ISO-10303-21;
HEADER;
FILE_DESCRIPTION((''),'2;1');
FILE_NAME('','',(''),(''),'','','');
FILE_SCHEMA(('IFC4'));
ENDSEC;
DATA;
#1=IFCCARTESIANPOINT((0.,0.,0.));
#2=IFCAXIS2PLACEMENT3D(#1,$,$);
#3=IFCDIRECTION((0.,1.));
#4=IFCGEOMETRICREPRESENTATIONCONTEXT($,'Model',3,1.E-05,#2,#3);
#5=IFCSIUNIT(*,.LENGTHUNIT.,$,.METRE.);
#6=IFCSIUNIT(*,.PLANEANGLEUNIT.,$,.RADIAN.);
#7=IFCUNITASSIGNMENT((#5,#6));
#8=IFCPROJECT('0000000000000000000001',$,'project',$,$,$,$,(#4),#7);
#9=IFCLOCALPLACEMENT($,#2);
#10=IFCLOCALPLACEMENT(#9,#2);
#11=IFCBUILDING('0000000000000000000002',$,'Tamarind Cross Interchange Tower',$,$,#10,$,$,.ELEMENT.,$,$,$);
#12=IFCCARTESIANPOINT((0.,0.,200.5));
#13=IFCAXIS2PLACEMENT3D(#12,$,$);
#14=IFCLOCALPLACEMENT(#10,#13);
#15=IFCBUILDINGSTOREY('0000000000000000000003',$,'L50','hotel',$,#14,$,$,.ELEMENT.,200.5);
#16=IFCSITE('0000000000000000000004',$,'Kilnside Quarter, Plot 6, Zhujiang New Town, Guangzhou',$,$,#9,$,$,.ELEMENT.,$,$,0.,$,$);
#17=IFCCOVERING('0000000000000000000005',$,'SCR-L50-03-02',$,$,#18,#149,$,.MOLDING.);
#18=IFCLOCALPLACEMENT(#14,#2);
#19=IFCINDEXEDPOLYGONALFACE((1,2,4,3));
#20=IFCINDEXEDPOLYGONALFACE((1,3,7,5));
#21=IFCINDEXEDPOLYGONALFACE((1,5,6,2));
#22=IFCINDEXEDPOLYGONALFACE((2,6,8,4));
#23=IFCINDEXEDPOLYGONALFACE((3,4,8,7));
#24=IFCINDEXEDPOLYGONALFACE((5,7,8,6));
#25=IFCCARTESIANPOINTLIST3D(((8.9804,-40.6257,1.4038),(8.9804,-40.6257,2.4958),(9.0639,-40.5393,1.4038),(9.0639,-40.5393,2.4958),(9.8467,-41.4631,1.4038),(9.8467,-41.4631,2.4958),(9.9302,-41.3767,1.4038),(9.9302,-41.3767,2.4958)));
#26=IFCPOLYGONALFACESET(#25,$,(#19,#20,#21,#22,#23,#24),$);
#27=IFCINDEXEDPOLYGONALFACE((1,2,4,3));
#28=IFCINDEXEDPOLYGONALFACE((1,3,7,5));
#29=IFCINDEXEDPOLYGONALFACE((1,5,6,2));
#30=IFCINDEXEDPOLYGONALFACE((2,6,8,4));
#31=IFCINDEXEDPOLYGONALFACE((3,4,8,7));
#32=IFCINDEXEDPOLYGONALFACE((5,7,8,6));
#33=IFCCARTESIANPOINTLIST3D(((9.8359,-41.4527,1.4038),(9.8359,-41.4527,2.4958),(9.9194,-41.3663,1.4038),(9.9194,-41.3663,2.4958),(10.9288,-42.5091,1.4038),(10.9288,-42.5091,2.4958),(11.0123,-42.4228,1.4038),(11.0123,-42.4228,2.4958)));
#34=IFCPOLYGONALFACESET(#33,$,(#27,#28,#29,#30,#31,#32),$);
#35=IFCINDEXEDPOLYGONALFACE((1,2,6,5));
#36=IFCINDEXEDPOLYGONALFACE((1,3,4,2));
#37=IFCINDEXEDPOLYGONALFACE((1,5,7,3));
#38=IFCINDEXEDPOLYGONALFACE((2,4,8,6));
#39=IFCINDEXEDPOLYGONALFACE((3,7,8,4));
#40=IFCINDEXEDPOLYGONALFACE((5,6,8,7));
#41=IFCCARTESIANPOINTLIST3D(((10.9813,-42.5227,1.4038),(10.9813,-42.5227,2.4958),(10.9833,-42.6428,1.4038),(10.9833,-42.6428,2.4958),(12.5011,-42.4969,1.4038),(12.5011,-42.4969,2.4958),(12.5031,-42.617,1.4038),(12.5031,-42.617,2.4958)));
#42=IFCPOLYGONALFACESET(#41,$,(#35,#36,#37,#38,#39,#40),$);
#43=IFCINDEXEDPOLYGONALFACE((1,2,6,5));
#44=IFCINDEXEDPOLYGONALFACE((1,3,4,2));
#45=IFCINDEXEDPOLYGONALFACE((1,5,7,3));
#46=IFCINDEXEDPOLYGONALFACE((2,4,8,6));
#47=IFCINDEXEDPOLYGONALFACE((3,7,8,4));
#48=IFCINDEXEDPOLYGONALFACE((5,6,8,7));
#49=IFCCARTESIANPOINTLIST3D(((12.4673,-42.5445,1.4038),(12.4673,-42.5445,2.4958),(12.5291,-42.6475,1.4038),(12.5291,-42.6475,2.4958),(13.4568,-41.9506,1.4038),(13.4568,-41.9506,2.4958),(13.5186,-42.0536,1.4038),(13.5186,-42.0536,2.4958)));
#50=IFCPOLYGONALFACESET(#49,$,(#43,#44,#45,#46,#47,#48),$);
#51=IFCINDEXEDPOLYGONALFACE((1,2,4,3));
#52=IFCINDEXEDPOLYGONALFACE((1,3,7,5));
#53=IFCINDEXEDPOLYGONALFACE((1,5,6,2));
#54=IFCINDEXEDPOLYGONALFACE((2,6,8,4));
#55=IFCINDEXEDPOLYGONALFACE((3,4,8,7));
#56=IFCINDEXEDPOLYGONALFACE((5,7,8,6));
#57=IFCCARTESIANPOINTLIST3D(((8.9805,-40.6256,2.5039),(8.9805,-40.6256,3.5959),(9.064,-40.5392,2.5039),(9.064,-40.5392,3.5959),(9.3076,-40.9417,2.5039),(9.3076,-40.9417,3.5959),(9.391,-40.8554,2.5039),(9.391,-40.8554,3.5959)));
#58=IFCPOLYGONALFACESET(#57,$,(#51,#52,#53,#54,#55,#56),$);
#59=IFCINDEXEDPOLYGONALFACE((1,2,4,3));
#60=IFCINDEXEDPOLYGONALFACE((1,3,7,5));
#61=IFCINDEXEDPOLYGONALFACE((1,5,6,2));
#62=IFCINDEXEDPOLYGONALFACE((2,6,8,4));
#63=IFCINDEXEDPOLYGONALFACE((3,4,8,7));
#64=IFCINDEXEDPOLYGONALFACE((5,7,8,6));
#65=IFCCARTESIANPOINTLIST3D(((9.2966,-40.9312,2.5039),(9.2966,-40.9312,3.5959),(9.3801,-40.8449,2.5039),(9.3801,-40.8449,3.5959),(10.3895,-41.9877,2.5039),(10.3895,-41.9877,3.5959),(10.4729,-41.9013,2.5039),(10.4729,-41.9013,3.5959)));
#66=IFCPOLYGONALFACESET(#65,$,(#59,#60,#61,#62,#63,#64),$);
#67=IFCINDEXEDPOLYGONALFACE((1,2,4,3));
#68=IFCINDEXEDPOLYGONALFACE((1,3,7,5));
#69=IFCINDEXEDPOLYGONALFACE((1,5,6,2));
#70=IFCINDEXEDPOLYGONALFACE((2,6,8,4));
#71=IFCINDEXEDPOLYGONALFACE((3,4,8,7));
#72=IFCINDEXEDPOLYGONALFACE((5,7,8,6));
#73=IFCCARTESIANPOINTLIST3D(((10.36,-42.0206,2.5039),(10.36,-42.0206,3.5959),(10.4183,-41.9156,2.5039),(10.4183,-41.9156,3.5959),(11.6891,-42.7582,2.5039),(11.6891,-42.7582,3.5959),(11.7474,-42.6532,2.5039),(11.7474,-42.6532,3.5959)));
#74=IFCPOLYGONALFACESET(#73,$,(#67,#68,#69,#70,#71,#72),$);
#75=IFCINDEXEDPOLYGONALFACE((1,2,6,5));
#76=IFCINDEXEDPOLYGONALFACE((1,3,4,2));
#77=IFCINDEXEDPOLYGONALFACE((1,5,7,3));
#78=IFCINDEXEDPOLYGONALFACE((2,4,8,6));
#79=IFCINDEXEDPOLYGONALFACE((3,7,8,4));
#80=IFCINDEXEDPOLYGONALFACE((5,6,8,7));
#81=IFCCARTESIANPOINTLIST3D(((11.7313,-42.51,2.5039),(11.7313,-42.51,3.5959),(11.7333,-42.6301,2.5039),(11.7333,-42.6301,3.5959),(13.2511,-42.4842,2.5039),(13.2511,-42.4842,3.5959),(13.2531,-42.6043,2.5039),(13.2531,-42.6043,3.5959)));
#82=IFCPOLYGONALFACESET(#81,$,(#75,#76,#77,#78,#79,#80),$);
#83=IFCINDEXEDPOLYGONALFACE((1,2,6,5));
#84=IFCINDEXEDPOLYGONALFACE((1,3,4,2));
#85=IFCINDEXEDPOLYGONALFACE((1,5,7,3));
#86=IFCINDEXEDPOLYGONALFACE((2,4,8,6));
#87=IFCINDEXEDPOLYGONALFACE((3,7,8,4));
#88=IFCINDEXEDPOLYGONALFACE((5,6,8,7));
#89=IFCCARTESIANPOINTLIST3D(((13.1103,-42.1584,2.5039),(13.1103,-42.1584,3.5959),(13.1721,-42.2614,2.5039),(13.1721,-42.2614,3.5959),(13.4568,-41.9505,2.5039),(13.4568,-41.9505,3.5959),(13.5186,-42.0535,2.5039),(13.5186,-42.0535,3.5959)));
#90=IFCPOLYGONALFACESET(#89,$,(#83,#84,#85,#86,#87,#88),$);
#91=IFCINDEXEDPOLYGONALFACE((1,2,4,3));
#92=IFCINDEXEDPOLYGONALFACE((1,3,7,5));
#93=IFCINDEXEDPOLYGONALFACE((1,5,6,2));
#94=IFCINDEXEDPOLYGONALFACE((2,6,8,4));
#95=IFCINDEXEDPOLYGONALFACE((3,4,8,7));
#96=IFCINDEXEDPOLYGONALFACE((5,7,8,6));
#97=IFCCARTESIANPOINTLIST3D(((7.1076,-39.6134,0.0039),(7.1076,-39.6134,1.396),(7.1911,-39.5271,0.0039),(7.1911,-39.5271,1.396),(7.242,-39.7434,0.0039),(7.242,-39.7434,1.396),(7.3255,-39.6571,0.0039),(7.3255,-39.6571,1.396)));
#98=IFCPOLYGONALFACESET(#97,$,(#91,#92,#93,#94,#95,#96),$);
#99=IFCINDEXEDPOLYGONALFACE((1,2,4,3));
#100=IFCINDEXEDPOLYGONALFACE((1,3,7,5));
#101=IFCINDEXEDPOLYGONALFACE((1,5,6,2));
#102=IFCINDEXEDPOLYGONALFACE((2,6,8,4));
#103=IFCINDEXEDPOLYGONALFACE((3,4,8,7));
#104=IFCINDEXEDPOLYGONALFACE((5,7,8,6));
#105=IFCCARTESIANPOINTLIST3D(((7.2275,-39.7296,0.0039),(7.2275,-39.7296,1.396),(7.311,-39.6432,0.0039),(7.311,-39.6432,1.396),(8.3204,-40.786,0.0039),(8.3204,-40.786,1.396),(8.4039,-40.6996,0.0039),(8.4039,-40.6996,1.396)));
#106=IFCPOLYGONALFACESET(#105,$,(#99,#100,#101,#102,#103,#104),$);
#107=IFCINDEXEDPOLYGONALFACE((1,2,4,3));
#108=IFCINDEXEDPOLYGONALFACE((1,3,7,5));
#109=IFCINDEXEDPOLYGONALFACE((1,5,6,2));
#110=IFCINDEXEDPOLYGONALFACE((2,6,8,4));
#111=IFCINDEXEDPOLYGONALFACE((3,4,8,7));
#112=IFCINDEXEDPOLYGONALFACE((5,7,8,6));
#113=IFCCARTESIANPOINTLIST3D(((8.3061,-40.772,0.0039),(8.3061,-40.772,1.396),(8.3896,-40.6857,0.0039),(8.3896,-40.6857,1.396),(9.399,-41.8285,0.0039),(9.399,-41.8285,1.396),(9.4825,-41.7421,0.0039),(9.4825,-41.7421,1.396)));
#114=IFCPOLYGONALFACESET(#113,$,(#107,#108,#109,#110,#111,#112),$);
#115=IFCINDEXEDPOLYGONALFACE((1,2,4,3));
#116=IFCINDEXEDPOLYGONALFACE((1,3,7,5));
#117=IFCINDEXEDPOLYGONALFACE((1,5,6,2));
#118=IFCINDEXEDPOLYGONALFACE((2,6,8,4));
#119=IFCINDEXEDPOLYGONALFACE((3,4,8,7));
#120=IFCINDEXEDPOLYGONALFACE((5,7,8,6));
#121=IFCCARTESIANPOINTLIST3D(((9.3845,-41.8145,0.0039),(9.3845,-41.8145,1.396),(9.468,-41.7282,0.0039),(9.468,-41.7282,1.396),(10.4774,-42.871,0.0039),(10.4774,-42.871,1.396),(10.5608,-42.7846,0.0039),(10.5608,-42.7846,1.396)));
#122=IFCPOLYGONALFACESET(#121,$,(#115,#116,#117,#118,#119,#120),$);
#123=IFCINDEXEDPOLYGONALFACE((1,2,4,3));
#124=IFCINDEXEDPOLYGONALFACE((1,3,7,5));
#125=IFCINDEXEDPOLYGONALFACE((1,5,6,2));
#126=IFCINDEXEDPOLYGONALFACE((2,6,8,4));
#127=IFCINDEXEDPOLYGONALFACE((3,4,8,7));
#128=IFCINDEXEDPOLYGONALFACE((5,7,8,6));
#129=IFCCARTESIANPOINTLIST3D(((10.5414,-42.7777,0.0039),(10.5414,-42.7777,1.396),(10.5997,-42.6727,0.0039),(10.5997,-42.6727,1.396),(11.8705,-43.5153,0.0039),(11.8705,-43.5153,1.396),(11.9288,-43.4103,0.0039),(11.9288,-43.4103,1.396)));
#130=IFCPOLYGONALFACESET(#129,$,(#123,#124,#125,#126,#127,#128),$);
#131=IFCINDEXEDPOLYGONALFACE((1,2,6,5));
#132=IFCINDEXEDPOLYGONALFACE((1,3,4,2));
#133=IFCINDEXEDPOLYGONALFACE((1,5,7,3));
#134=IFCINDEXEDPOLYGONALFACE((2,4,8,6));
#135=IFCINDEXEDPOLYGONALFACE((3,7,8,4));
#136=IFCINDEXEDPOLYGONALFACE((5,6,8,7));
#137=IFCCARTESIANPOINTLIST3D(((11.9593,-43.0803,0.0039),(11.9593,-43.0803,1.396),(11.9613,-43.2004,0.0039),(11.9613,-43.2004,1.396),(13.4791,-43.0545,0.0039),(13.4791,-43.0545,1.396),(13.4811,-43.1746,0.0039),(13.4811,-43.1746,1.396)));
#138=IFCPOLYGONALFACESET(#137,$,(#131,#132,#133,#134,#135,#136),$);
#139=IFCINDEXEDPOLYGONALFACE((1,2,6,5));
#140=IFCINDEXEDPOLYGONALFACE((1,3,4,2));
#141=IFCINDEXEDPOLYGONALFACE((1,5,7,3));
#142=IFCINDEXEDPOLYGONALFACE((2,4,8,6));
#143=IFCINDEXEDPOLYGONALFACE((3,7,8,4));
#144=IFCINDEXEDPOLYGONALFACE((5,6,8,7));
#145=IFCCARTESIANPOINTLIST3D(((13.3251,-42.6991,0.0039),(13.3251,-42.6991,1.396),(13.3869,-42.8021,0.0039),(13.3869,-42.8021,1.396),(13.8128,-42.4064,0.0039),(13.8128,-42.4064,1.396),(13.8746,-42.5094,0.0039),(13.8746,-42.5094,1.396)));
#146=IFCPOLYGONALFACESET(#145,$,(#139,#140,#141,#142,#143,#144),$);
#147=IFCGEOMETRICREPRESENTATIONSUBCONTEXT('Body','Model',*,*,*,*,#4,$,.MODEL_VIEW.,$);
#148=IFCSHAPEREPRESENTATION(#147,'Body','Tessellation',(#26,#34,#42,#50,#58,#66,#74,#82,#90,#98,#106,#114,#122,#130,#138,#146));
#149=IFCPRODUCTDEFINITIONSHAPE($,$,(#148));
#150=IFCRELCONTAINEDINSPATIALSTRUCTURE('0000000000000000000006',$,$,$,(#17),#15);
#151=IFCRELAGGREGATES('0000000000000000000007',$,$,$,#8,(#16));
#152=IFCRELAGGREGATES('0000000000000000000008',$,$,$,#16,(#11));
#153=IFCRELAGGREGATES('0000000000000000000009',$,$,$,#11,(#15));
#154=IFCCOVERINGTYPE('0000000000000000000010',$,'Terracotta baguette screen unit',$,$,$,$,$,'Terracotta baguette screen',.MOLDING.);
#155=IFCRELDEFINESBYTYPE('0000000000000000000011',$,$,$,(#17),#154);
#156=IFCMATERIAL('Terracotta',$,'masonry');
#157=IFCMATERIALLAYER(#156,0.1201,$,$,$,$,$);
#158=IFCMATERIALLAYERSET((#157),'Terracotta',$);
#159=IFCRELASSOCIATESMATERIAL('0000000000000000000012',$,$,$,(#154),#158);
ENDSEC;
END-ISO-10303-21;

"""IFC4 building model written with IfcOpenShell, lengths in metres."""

from ifc_helpers import new_model, si_unit, direction, frame, origin, origin_2d, place, context, subcontext, project, spatial, rectangle, extrude, material, layer, layer_set, type_object, element, save


model = new_model("IFC4")

# Units and contexts
model_context = context("Model", 3, precision=1e-05, world=origin(), true_north=direction((0.0, 1.0)))
body_context = subcontext(model_context, "Body", "Model", "MODEL_VIEW")
ifc_project = project(units=[si_unit("LENGTHUNIT", "METRE"), si_unit("PLANEANGLEUNIT", "RADIAN")], contexts=[model_context])

# Site, building, storey
site_placement = place(None, origin())
site = spatial("IfcSite", under=ifc_project, at=site_placement, Name="Kilnside Quarter, Plot 6, Zhujiang New Town, Guangzhou", CompositionType="ELEMENT", RefElevation=0.0)
building_placement = place(site_placement, origin())
building = spatial("IfcBuilding", under=site, at=building_placement, Name="Tamarind Cross Interchange Tower", CompositionType="ELEMENT")
storey_placement = place(building_placement, frame((0.0, 0.0, 200.5)))
storey = spatial("IfcBuildingStorey", under=building, at=storey_placement, Name="L50", Description="hotel", CompositionType="ELEMENT", Elevation=200.5)

# Covering
ifc_material_1 = material(Name="Terracotta", Category="masonry")
ifc_layer_1 = layer(ifc_material_1, 0.1201)
ifc_layer_set_1 = layer_set([ifc_layer_1], Name="Terracotta")
covering_type = type_object("IfcCoveringType", Name="Terracotta baguette screen unit", ElementType="Terracotta baguette screen", PredefinedType="MOLDING", material=ifc_layer_set_1)
covering_1_placement = place(storey_placement, origin())
element("IfcCovering", 1, at=covering_1_placement, inside=storey, type_object=covering_type, Name="SCR-L50-03-02", PredefinedType="MOLDING", context=body_context, shape_type="SweptSolid", body=[
    extrude(rectangle(XDim=1.2048, YDim=0.1201, at=origin_2d()), frame((9.4553, -41.0012, 1.4038), z_axis=(0.0, 0.0, 1.0), x_axis=(0.718991, -0.69502, 0.0)), (0.0, 0.0, 1.0), 1.092),
    extrude(rectangle(XDim=1.52, YDim=0.1201, at=origin_2d()), frame((10.4241, -41.9377, 1.4038), z_axis=(0.0, 0.0, 1.0), x_axis=(0.718991, -0.69502, 0.0)), (0.0, 0.0, 1.0), 1.092),
    extrude(rectangle(XDim=1.52, YDim=0.1201, at=origin_2d()), frame((11.7422, -42.5698, 1.4038), z_axis=(0.0, 0.0, 1.0), x_axis=(0.999856, 0.01695, 0.0)), (0.0, 0.0, 1.0), 1.092),
    extrude(rectangle(XDim=1.1541, YDim=0.1201, at=origin_2d()), frame((12.9929, -42.2991, 1.4038), z_axis=(0.0, 0.0, 1.0), x_axis=(0.857426, 0.514607, 0.0)), (0.0, 0.0, 1.0), 1.092),
    extrude(rectangle(XDim=0.4548, YDim=0.1201, at=origin_2d()), frame((9.1858, -40.7405, 2.5039), z_axis=(0.0, 0.0, 1.0), x_axis=(0.718991, -0.69502, 0.0)), (0.0, 0.0, 1.0), 1.092),
    extrude(rectangle(XDim=1.52, YDim=0.1201, at=origin_2d()), frame((9.8848, -41.4163, 2.5039), z_axis=(0.0, 0.0, 1.0), x_axis=(0.718991, -0.69502, 0.0)), (0.0, 0.0, 1.0), 1.092),
    extrude(rectangle(XDim=1.52, YDim=0.1201, at=origin_2d()), frame((11.0537, -42.3369, 2.5039), z_axis=(0.0, 0.0, 1.0), x_axis=(0.874376, -0.485249, 0.0)), (0.0, 0.0, 1.0), 1.092),
    extrude(rectangle(XDim=1.52, YDim=0.1201, at=origin_2d()), frame((12.4922, -42.5571, 2.5039), z_axis=(0.0, 0.0, 1.0), x_axis=(0.999856, 0.01695, 0.0)), (0.0, 0.0, 1.0), 1.092),
    extrude(rectangle(XDim=0.4041, YDim=0.1201, at=origin_2d()), frame((13.3145, -42.106, 2.5039), z_axis=(0.0, 0.0, 1.0), x_axis=(0.857426, 0.514607, 0.0)), (0.0, 0.0, 1.0), 1.092),
    extrude(rectangle(XDim=0.187, YDim=0.1201, at=origin_2d()), frame((7.2166, -39.6353, 0.0039), z_axis=(0.0, 0.0, 1.0), x_axis=(0.718991, -0.69502, 0.0)), (0.0, 0.0, 1.0), 1.3921),
    extrude(rectangle(XDim=1.52, YDim=0.1201, at=origin_2d()), frame((7.8157, -40.2146, 0.0039), z_axis=(0.0, 0.0, 1.0), x_axis=(0.718991, -0.69502, 0.0)), (0.0, 0.0, 1.0), 1.3921),
    extrude(rectangle(XDim=1.52, YDim=0.1201, at=origin_2d()), frame((8.8943, -41.2571, 0.0039), z_axis=(0.0, 0.0, 1.0), x_axis=(0.718991, -0.69502, 0.0)), (0.0, 0.0, 1.0), 1.3921),
    extrude(rectangle(XDim=1.52, YDim=0.1201, at=origin_2d()), frame((9.9727, -42.2996, 0.0039), z_axis=(0.0, 0.0, 1.0), x_axis=(0.718991, -0.69502, 0.0)), (0.0, 0.0, 1.0), 1.3921),
    extrude(rectangle(XDim=1.52, YDim=0.1201, at=origin_2d()), frame((11.2351, -43.094, 0.0039), z_axis=(0.0, 0.0, 1.0), x_axis=(0.874376, -0.485249, 0.0)), (0.0, 0.0, 1.0), 1.3921),
    extrude(rectangle(XDim=1.52, YDim=0.1201, at=origin_2d()), frame((12.7202, -43.1274, 0.0039), z_axis=(0.0, 0.0, 1.0), x_axis=(0.999856, 0.01695, 0.0)), (0.0, 0.0, 1.0), 1.3921),
    extrude(rectangle(XDim=0.5688, YDim=0.1201, at=origin_2d()), frame((13.5999, -42.6042, 0.0039), z_axis=(0.0, 0.0, 1.0), x_axis=(0.857426, 0.514607, 0.0)), (0.0, 0.0, 1.0), 1.3921),
])

save(model, "model.ifc")
